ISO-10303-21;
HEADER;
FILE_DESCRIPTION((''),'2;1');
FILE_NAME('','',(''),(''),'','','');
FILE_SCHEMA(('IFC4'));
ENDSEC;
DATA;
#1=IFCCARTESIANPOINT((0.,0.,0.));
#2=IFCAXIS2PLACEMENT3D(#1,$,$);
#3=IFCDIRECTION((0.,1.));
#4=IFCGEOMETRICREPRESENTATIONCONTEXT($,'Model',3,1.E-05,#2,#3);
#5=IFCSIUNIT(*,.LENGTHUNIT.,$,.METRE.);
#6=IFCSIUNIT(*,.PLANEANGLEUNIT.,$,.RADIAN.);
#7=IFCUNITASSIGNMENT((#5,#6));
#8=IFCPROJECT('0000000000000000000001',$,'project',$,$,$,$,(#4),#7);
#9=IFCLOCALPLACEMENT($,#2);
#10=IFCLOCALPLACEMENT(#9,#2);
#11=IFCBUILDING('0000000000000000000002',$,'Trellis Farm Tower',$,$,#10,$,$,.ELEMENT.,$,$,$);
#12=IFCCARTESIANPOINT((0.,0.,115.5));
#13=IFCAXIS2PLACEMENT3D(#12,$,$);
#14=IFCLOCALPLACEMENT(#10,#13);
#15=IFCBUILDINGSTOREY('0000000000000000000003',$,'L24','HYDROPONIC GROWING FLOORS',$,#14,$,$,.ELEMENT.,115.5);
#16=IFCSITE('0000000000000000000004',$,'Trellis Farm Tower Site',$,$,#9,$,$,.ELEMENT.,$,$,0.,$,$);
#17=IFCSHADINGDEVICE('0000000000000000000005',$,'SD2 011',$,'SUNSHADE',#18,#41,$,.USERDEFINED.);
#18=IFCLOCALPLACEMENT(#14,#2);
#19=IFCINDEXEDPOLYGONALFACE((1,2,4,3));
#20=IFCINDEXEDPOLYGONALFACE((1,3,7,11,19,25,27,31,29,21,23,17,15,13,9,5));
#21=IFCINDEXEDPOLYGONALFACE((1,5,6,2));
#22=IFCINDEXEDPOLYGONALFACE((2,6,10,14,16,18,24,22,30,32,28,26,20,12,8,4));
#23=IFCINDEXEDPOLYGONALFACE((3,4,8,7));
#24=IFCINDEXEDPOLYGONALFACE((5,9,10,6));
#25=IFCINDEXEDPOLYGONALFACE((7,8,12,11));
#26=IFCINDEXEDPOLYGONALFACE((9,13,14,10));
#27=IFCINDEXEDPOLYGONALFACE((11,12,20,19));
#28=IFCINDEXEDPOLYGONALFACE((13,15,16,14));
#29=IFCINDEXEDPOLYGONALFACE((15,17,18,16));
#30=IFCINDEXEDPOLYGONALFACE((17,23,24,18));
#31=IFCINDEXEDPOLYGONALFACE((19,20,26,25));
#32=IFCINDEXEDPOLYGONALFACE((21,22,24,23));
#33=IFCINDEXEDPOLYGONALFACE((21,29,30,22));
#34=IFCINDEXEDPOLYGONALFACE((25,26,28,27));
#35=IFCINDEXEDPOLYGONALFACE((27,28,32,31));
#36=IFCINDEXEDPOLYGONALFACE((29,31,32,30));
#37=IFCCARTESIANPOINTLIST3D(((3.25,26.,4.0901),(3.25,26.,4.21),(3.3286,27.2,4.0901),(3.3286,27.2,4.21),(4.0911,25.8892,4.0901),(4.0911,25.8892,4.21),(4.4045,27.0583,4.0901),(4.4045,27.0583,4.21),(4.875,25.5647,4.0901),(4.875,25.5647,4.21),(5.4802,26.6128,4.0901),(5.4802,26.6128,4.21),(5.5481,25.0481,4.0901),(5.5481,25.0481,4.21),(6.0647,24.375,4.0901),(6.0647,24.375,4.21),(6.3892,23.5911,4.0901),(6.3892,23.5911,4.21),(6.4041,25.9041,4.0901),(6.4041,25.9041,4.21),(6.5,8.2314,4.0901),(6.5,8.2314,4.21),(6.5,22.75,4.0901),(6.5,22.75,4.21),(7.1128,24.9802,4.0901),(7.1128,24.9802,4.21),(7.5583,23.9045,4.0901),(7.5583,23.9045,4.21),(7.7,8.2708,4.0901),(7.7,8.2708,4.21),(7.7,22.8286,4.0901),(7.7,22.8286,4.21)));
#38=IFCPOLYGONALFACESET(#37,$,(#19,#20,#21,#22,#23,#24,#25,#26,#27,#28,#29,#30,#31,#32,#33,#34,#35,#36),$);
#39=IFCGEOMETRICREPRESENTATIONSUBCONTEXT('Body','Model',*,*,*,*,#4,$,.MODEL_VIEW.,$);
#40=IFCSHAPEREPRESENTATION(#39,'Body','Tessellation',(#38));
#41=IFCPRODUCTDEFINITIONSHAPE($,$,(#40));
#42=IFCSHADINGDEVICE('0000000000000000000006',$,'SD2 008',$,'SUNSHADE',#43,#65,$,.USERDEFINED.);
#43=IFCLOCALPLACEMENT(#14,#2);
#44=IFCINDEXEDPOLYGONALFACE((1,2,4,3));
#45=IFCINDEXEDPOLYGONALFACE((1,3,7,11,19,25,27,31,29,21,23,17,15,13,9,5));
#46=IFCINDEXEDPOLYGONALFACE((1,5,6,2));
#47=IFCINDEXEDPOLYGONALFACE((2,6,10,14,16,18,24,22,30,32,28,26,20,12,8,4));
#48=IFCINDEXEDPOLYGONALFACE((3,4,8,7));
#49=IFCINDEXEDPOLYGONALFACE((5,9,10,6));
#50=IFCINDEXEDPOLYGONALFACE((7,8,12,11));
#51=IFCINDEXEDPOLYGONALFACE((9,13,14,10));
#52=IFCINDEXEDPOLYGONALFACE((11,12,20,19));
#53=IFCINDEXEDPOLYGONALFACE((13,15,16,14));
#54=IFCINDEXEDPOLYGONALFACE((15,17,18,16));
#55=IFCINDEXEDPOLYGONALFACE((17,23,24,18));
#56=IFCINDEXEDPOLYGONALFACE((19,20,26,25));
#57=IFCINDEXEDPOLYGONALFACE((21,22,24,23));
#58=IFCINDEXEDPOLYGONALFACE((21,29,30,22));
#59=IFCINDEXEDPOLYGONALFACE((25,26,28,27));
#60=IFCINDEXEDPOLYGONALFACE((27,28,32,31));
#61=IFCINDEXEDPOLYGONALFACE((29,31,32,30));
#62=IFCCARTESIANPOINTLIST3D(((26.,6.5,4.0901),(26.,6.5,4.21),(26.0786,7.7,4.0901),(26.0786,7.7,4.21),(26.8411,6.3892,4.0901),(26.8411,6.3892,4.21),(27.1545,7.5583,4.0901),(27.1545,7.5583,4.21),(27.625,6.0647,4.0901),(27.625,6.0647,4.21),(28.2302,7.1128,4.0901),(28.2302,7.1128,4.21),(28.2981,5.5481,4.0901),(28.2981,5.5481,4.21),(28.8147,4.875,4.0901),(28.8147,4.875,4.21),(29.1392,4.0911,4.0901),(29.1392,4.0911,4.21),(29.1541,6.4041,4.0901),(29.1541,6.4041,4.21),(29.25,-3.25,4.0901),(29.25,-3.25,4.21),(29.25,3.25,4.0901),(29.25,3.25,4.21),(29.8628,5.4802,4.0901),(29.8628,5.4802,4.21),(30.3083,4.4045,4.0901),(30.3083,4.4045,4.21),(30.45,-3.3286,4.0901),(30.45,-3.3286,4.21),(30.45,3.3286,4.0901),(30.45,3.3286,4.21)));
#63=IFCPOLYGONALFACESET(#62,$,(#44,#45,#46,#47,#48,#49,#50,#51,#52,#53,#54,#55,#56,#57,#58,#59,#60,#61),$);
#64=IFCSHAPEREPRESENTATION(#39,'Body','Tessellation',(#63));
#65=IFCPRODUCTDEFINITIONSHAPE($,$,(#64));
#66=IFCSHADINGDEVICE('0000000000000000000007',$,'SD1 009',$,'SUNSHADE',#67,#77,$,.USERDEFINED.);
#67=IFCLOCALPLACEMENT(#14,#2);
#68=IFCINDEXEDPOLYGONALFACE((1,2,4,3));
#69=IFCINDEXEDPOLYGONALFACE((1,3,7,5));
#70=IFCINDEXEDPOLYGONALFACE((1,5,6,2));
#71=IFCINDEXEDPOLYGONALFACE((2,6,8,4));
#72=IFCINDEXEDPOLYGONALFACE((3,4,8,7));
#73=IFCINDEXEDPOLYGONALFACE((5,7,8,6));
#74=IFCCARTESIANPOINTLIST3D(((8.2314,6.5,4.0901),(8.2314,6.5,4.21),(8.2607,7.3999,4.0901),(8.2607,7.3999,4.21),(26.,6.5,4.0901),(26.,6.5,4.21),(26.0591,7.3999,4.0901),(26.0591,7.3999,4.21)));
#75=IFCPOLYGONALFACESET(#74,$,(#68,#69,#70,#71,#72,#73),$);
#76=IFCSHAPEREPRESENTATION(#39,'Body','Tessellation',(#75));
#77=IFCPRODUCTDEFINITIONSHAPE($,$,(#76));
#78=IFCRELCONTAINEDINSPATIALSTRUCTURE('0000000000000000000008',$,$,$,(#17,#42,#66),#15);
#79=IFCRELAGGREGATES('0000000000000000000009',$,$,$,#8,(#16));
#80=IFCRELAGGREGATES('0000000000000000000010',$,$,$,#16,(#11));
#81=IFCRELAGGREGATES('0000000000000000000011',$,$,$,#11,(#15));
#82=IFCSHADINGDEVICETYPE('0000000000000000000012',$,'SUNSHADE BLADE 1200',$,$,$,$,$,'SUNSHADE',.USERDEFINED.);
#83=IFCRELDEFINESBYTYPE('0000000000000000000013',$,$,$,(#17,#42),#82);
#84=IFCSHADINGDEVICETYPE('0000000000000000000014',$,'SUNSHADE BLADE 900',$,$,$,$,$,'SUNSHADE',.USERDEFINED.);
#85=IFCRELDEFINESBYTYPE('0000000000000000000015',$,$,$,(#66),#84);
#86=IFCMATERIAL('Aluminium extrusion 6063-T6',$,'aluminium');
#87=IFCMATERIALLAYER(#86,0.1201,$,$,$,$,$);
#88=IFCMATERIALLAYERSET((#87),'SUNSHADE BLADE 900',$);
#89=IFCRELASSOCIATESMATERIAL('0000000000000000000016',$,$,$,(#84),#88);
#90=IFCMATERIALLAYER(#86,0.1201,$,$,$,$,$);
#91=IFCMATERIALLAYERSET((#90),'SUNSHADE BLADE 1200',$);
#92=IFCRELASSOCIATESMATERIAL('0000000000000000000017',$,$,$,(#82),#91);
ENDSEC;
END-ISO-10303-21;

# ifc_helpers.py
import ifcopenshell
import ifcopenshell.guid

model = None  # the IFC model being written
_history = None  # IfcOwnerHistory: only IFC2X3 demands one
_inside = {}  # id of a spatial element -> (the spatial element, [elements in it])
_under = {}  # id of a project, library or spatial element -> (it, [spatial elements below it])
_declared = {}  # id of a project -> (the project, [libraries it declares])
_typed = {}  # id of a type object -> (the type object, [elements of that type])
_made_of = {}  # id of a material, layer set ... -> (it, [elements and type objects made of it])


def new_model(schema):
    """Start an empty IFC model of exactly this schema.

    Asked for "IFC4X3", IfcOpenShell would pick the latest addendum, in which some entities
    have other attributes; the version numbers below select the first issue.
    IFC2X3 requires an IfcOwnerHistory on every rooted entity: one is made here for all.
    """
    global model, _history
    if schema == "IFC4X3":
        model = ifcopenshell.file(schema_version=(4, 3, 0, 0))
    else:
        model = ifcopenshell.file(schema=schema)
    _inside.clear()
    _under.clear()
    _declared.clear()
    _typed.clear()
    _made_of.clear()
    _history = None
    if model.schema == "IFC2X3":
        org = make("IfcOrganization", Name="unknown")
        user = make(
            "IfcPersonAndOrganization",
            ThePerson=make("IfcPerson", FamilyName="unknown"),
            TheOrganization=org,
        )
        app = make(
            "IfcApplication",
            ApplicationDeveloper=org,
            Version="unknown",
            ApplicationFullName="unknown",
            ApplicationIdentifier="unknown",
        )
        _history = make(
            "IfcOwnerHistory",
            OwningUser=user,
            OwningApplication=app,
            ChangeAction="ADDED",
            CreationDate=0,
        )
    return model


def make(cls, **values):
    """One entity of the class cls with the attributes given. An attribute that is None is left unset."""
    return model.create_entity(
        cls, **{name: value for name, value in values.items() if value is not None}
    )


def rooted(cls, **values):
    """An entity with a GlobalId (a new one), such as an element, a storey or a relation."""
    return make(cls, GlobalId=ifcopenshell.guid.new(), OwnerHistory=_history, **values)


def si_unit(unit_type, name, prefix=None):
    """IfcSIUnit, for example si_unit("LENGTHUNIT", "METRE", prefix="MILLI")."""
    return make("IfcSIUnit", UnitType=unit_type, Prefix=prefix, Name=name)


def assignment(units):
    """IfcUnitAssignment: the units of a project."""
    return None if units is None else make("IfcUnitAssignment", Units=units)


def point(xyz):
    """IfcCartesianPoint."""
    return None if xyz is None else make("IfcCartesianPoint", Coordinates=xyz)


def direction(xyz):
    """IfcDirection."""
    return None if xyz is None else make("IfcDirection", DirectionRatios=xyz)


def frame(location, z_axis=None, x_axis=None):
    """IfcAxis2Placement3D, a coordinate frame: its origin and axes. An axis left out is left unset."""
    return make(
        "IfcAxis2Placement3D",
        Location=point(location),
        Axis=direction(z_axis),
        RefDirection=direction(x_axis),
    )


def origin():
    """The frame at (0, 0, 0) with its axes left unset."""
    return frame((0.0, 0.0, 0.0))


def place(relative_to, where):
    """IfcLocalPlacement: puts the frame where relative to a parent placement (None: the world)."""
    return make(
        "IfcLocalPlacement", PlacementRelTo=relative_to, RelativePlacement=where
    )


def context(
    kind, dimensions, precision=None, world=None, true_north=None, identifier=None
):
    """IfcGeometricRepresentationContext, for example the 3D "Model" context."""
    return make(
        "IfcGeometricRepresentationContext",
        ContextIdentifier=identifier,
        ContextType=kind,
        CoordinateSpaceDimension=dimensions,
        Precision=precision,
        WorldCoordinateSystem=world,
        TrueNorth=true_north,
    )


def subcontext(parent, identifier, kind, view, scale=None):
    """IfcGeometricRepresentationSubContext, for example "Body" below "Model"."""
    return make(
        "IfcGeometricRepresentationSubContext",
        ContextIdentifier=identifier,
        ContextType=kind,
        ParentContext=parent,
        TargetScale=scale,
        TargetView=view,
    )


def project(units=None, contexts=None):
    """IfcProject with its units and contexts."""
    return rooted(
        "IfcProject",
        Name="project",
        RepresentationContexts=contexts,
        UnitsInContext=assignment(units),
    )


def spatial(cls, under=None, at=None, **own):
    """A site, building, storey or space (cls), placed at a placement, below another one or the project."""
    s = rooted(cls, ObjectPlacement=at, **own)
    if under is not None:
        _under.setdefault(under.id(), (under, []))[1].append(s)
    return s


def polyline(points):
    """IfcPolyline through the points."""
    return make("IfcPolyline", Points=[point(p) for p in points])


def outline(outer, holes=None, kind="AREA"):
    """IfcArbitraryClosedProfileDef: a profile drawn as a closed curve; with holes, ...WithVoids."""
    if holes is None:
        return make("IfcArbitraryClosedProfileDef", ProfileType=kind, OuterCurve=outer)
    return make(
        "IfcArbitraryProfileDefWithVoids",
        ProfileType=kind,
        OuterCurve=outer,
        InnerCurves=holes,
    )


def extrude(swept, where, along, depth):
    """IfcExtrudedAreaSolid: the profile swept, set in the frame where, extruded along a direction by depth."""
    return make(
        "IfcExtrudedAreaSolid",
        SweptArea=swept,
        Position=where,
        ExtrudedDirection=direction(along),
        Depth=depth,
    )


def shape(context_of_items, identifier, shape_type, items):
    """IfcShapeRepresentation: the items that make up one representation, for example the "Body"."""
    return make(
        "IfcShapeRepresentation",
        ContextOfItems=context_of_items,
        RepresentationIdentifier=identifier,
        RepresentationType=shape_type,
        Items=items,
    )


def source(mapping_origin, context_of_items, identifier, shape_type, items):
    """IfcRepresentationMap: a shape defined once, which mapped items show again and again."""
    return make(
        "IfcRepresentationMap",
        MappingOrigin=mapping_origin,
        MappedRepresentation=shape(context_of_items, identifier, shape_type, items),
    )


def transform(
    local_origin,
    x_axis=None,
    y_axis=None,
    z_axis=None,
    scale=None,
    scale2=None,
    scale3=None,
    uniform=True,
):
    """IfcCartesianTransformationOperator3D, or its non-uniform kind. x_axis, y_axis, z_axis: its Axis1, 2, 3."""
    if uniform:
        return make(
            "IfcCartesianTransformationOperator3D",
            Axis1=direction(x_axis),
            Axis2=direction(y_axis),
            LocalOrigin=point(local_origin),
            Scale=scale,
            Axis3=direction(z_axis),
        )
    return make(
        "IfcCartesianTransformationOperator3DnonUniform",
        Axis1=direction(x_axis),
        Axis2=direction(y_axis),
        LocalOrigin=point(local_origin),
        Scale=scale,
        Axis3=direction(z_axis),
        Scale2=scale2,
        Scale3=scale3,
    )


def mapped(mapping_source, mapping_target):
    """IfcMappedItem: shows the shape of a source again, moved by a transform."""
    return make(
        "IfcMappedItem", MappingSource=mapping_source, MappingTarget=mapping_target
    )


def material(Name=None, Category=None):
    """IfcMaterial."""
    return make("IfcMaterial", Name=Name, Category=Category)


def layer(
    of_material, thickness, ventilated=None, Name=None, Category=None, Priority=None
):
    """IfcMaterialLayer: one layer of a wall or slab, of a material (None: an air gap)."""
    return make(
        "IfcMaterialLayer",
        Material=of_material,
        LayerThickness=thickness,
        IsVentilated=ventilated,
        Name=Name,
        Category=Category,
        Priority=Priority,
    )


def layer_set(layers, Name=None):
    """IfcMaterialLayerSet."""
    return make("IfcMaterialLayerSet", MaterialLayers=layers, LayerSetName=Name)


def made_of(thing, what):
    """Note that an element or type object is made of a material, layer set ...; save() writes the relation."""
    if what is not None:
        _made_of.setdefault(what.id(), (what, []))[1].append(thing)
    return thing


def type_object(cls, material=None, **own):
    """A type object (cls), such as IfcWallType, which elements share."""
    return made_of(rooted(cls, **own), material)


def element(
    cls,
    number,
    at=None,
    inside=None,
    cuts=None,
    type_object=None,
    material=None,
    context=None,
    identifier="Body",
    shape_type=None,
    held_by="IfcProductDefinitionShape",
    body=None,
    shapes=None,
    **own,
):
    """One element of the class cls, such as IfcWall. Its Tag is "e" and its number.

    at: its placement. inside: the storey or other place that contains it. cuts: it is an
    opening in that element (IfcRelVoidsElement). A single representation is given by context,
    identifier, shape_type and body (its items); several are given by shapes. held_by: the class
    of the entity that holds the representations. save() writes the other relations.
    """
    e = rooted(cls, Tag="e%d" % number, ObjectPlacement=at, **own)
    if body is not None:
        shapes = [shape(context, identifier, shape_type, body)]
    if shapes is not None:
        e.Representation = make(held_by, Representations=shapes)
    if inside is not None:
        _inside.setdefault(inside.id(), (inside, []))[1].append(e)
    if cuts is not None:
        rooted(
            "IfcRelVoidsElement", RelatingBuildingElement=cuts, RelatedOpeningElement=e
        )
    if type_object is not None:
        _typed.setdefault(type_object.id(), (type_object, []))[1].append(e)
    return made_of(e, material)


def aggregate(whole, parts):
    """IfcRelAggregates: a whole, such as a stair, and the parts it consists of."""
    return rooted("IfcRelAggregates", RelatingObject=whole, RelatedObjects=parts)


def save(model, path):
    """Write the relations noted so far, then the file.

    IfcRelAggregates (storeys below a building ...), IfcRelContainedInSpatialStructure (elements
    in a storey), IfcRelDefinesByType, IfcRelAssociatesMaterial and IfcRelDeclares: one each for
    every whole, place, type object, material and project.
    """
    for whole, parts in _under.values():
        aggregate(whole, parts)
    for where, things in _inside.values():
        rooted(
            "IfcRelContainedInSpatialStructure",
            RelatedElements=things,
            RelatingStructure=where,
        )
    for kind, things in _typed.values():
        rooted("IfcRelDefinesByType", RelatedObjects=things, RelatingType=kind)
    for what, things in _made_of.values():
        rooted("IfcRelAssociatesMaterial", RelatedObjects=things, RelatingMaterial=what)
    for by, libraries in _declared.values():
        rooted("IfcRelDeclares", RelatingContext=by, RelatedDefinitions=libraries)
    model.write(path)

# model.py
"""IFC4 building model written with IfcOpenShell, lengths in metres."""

from ifc_helpers import new_model, si_unit, direction, frame, origin, place, context, subcontext, project, spatial, polyline, outline, extrude, source, transform, mapped, material, layer, layer_set, type_object, element, save


model = new_model("IFC4")

# Units and contexts
model_context = context("Model", 3, precision=1e-05, world=origin(), true_north=direction((0.0, 1.0)))
body_context = subcontext(model_context, "Body", "Model", "MODEL_VIEW")
ifc_project = project(units=[si_unit("LENGTHUNIT", "METRE"), si_unit("PLANEANGLEUNIT", "RADIAN")], contexts=[model_context])

# Site, building, storey
site_placement = place(None, origin())
site = spatial("IfcSite", under=ifc_project, at=site_placement, Name="Trellis Farm Tower Site", CompositionType="ELEMENT", RefElevation=0.0)
building_placement = place(site_placement, origin())
building = spatial("IfcBuilding", under=site, at=building_placement, Name="Trellis Farm Tower", CompositionType="ELEMENT")
storey_placement = place(building_placement, frame((0.0, 0.0, 115.5)))
storey = spatial("IfcBuildingStorey", under=building, at=storey_placement, Name="L24", Description="HYDROPONIC GROWING FLOORS", CompositionType="ELEMENT", Elevation=115.5)

# Shared definitions
ifc_material_1 = material(Name="Aluminium extrusion 6063-T6", Category="aluminium")

# Shading devices
ifc_layer_1 = layer(ifc_material_1, 0.1201)
ifc_layer_set_1 = layer_set([ifc_layer_1], Name="SUNSHADE BLADE 900")
shading_device_type_1 = type_object("IfcShadingDeviceType", Name="SUNSHADE BLADE 900", ElementType="SUNSHADE", PredefinedType="USERDEFINED", material=ifc_layer_set_1)
placement_1 = place(storey_placement, frame((0.0, 0.0, 4.0901)))
ifc_layer_2 = layer(ifc_material_1, 0.1201)
ifc_layer_set_2 = layer_set([ifc_layer_2], Name="SUNSHADE BLADE 1200")
shading_device_type_2 = type_object("IfcShadingDeviceType", Name="SUNSHADE BLADE 1200", ElementType="SUNSHADE", PredefinedType="USERDEFINED", material=ifc_layer_set_2)
shared_shape_1 = source(origin(), body_context, "Body", "SweptSolid", [
    extrude(outline(polyline([(7.7, 8.2708), (7.7, 22.8286), (7.5583, 23.9045), (7.1128, 24.9802), (6.4041, 25.9041), (5.4802, 26.6128), (4.4045, 27.0583), (3.3286, 27.2), (3.25, 26.0), (4.0911, 25.8892), (4.875, 25.5647), (5.5481, 25.0481), (6.0647, 24.375), (6.3892, 23.5911), (6.5, 22.75), (6.5, 8.2314), (7.7, 8.2708)])), origin(), (0.0, 0.0, 1.0), 0.1199),
])
element("IfcShadingDevice", 1, at=placement_1, inside=storey, type_object=shading_device_type_2, Name="SD2 011", ObjectType="SUNSHADE", PredefinedType="USERDEFINED", context=body_context, shape_type="MappedRepresentation", body=[
    mapped(shared_shape_1, transform((0.0, 0.0, 0.0))),
])
shared_shape_2 = source(origin(), body_context, "Body", "SweptSolid", [
    extrude(outline(polyline([(30.45, -3.3286), (30.45, 3.3286), (30.3083, 4.4045), (29.8628, 5.4802), (29.1541, 6.4041), (28.2302, 7.1128), (27.1545, 7.5583), (26.0786, 7.7), (26.0, 6.5), (26.8411, 6.3892), (27.625, 6.0647), (28.2981, 5.5481), (28.8147, 4.875), (29.1392, 4.0911), (29.25, 3.25), (29.25, -3.25), (30.45, -3.3286)])), origin(), (0.0, 0.0, 1.0), 0.1199),
])
element("IfcShadingDevice", 2, at=placement_1, inside=storey, type_object=shading_device_type_2, Name="SD2 008", ObjectType="SUNSHADE", PredefinedType="USERDEFINED", context=body_context, shape_type="MappedRepresentation", body=[
    mapped(shared_shape_2, transform((0.0, 0.0, 0.0))),
])
shared_shape_3 = source(origin(), body_context, "Body", "SweptSolid", [
    extrude(outline(polyline([(26.0591, 7.3999), (8.2607, 7.3999), (8.2314, 6.5), (26.0, 6.5), (26.0591, 7.3999)])), origin(), (0.0, 0.0, 1.0), 0.1199),
])
element("IfcShadingDevice", 3, at=placement_1, inside=storey, type_object=shading_device_type_1, Name="SD1 009", ObjectType="SUNSHADE", PredefinedType="USERDEFINED", context=body_context, shape_type="MappedRepresentation", body=[
    mapped(shared_shape_3, transform((0.0, 0.0, 0.0))),
])

save(model, "model.ifc")
